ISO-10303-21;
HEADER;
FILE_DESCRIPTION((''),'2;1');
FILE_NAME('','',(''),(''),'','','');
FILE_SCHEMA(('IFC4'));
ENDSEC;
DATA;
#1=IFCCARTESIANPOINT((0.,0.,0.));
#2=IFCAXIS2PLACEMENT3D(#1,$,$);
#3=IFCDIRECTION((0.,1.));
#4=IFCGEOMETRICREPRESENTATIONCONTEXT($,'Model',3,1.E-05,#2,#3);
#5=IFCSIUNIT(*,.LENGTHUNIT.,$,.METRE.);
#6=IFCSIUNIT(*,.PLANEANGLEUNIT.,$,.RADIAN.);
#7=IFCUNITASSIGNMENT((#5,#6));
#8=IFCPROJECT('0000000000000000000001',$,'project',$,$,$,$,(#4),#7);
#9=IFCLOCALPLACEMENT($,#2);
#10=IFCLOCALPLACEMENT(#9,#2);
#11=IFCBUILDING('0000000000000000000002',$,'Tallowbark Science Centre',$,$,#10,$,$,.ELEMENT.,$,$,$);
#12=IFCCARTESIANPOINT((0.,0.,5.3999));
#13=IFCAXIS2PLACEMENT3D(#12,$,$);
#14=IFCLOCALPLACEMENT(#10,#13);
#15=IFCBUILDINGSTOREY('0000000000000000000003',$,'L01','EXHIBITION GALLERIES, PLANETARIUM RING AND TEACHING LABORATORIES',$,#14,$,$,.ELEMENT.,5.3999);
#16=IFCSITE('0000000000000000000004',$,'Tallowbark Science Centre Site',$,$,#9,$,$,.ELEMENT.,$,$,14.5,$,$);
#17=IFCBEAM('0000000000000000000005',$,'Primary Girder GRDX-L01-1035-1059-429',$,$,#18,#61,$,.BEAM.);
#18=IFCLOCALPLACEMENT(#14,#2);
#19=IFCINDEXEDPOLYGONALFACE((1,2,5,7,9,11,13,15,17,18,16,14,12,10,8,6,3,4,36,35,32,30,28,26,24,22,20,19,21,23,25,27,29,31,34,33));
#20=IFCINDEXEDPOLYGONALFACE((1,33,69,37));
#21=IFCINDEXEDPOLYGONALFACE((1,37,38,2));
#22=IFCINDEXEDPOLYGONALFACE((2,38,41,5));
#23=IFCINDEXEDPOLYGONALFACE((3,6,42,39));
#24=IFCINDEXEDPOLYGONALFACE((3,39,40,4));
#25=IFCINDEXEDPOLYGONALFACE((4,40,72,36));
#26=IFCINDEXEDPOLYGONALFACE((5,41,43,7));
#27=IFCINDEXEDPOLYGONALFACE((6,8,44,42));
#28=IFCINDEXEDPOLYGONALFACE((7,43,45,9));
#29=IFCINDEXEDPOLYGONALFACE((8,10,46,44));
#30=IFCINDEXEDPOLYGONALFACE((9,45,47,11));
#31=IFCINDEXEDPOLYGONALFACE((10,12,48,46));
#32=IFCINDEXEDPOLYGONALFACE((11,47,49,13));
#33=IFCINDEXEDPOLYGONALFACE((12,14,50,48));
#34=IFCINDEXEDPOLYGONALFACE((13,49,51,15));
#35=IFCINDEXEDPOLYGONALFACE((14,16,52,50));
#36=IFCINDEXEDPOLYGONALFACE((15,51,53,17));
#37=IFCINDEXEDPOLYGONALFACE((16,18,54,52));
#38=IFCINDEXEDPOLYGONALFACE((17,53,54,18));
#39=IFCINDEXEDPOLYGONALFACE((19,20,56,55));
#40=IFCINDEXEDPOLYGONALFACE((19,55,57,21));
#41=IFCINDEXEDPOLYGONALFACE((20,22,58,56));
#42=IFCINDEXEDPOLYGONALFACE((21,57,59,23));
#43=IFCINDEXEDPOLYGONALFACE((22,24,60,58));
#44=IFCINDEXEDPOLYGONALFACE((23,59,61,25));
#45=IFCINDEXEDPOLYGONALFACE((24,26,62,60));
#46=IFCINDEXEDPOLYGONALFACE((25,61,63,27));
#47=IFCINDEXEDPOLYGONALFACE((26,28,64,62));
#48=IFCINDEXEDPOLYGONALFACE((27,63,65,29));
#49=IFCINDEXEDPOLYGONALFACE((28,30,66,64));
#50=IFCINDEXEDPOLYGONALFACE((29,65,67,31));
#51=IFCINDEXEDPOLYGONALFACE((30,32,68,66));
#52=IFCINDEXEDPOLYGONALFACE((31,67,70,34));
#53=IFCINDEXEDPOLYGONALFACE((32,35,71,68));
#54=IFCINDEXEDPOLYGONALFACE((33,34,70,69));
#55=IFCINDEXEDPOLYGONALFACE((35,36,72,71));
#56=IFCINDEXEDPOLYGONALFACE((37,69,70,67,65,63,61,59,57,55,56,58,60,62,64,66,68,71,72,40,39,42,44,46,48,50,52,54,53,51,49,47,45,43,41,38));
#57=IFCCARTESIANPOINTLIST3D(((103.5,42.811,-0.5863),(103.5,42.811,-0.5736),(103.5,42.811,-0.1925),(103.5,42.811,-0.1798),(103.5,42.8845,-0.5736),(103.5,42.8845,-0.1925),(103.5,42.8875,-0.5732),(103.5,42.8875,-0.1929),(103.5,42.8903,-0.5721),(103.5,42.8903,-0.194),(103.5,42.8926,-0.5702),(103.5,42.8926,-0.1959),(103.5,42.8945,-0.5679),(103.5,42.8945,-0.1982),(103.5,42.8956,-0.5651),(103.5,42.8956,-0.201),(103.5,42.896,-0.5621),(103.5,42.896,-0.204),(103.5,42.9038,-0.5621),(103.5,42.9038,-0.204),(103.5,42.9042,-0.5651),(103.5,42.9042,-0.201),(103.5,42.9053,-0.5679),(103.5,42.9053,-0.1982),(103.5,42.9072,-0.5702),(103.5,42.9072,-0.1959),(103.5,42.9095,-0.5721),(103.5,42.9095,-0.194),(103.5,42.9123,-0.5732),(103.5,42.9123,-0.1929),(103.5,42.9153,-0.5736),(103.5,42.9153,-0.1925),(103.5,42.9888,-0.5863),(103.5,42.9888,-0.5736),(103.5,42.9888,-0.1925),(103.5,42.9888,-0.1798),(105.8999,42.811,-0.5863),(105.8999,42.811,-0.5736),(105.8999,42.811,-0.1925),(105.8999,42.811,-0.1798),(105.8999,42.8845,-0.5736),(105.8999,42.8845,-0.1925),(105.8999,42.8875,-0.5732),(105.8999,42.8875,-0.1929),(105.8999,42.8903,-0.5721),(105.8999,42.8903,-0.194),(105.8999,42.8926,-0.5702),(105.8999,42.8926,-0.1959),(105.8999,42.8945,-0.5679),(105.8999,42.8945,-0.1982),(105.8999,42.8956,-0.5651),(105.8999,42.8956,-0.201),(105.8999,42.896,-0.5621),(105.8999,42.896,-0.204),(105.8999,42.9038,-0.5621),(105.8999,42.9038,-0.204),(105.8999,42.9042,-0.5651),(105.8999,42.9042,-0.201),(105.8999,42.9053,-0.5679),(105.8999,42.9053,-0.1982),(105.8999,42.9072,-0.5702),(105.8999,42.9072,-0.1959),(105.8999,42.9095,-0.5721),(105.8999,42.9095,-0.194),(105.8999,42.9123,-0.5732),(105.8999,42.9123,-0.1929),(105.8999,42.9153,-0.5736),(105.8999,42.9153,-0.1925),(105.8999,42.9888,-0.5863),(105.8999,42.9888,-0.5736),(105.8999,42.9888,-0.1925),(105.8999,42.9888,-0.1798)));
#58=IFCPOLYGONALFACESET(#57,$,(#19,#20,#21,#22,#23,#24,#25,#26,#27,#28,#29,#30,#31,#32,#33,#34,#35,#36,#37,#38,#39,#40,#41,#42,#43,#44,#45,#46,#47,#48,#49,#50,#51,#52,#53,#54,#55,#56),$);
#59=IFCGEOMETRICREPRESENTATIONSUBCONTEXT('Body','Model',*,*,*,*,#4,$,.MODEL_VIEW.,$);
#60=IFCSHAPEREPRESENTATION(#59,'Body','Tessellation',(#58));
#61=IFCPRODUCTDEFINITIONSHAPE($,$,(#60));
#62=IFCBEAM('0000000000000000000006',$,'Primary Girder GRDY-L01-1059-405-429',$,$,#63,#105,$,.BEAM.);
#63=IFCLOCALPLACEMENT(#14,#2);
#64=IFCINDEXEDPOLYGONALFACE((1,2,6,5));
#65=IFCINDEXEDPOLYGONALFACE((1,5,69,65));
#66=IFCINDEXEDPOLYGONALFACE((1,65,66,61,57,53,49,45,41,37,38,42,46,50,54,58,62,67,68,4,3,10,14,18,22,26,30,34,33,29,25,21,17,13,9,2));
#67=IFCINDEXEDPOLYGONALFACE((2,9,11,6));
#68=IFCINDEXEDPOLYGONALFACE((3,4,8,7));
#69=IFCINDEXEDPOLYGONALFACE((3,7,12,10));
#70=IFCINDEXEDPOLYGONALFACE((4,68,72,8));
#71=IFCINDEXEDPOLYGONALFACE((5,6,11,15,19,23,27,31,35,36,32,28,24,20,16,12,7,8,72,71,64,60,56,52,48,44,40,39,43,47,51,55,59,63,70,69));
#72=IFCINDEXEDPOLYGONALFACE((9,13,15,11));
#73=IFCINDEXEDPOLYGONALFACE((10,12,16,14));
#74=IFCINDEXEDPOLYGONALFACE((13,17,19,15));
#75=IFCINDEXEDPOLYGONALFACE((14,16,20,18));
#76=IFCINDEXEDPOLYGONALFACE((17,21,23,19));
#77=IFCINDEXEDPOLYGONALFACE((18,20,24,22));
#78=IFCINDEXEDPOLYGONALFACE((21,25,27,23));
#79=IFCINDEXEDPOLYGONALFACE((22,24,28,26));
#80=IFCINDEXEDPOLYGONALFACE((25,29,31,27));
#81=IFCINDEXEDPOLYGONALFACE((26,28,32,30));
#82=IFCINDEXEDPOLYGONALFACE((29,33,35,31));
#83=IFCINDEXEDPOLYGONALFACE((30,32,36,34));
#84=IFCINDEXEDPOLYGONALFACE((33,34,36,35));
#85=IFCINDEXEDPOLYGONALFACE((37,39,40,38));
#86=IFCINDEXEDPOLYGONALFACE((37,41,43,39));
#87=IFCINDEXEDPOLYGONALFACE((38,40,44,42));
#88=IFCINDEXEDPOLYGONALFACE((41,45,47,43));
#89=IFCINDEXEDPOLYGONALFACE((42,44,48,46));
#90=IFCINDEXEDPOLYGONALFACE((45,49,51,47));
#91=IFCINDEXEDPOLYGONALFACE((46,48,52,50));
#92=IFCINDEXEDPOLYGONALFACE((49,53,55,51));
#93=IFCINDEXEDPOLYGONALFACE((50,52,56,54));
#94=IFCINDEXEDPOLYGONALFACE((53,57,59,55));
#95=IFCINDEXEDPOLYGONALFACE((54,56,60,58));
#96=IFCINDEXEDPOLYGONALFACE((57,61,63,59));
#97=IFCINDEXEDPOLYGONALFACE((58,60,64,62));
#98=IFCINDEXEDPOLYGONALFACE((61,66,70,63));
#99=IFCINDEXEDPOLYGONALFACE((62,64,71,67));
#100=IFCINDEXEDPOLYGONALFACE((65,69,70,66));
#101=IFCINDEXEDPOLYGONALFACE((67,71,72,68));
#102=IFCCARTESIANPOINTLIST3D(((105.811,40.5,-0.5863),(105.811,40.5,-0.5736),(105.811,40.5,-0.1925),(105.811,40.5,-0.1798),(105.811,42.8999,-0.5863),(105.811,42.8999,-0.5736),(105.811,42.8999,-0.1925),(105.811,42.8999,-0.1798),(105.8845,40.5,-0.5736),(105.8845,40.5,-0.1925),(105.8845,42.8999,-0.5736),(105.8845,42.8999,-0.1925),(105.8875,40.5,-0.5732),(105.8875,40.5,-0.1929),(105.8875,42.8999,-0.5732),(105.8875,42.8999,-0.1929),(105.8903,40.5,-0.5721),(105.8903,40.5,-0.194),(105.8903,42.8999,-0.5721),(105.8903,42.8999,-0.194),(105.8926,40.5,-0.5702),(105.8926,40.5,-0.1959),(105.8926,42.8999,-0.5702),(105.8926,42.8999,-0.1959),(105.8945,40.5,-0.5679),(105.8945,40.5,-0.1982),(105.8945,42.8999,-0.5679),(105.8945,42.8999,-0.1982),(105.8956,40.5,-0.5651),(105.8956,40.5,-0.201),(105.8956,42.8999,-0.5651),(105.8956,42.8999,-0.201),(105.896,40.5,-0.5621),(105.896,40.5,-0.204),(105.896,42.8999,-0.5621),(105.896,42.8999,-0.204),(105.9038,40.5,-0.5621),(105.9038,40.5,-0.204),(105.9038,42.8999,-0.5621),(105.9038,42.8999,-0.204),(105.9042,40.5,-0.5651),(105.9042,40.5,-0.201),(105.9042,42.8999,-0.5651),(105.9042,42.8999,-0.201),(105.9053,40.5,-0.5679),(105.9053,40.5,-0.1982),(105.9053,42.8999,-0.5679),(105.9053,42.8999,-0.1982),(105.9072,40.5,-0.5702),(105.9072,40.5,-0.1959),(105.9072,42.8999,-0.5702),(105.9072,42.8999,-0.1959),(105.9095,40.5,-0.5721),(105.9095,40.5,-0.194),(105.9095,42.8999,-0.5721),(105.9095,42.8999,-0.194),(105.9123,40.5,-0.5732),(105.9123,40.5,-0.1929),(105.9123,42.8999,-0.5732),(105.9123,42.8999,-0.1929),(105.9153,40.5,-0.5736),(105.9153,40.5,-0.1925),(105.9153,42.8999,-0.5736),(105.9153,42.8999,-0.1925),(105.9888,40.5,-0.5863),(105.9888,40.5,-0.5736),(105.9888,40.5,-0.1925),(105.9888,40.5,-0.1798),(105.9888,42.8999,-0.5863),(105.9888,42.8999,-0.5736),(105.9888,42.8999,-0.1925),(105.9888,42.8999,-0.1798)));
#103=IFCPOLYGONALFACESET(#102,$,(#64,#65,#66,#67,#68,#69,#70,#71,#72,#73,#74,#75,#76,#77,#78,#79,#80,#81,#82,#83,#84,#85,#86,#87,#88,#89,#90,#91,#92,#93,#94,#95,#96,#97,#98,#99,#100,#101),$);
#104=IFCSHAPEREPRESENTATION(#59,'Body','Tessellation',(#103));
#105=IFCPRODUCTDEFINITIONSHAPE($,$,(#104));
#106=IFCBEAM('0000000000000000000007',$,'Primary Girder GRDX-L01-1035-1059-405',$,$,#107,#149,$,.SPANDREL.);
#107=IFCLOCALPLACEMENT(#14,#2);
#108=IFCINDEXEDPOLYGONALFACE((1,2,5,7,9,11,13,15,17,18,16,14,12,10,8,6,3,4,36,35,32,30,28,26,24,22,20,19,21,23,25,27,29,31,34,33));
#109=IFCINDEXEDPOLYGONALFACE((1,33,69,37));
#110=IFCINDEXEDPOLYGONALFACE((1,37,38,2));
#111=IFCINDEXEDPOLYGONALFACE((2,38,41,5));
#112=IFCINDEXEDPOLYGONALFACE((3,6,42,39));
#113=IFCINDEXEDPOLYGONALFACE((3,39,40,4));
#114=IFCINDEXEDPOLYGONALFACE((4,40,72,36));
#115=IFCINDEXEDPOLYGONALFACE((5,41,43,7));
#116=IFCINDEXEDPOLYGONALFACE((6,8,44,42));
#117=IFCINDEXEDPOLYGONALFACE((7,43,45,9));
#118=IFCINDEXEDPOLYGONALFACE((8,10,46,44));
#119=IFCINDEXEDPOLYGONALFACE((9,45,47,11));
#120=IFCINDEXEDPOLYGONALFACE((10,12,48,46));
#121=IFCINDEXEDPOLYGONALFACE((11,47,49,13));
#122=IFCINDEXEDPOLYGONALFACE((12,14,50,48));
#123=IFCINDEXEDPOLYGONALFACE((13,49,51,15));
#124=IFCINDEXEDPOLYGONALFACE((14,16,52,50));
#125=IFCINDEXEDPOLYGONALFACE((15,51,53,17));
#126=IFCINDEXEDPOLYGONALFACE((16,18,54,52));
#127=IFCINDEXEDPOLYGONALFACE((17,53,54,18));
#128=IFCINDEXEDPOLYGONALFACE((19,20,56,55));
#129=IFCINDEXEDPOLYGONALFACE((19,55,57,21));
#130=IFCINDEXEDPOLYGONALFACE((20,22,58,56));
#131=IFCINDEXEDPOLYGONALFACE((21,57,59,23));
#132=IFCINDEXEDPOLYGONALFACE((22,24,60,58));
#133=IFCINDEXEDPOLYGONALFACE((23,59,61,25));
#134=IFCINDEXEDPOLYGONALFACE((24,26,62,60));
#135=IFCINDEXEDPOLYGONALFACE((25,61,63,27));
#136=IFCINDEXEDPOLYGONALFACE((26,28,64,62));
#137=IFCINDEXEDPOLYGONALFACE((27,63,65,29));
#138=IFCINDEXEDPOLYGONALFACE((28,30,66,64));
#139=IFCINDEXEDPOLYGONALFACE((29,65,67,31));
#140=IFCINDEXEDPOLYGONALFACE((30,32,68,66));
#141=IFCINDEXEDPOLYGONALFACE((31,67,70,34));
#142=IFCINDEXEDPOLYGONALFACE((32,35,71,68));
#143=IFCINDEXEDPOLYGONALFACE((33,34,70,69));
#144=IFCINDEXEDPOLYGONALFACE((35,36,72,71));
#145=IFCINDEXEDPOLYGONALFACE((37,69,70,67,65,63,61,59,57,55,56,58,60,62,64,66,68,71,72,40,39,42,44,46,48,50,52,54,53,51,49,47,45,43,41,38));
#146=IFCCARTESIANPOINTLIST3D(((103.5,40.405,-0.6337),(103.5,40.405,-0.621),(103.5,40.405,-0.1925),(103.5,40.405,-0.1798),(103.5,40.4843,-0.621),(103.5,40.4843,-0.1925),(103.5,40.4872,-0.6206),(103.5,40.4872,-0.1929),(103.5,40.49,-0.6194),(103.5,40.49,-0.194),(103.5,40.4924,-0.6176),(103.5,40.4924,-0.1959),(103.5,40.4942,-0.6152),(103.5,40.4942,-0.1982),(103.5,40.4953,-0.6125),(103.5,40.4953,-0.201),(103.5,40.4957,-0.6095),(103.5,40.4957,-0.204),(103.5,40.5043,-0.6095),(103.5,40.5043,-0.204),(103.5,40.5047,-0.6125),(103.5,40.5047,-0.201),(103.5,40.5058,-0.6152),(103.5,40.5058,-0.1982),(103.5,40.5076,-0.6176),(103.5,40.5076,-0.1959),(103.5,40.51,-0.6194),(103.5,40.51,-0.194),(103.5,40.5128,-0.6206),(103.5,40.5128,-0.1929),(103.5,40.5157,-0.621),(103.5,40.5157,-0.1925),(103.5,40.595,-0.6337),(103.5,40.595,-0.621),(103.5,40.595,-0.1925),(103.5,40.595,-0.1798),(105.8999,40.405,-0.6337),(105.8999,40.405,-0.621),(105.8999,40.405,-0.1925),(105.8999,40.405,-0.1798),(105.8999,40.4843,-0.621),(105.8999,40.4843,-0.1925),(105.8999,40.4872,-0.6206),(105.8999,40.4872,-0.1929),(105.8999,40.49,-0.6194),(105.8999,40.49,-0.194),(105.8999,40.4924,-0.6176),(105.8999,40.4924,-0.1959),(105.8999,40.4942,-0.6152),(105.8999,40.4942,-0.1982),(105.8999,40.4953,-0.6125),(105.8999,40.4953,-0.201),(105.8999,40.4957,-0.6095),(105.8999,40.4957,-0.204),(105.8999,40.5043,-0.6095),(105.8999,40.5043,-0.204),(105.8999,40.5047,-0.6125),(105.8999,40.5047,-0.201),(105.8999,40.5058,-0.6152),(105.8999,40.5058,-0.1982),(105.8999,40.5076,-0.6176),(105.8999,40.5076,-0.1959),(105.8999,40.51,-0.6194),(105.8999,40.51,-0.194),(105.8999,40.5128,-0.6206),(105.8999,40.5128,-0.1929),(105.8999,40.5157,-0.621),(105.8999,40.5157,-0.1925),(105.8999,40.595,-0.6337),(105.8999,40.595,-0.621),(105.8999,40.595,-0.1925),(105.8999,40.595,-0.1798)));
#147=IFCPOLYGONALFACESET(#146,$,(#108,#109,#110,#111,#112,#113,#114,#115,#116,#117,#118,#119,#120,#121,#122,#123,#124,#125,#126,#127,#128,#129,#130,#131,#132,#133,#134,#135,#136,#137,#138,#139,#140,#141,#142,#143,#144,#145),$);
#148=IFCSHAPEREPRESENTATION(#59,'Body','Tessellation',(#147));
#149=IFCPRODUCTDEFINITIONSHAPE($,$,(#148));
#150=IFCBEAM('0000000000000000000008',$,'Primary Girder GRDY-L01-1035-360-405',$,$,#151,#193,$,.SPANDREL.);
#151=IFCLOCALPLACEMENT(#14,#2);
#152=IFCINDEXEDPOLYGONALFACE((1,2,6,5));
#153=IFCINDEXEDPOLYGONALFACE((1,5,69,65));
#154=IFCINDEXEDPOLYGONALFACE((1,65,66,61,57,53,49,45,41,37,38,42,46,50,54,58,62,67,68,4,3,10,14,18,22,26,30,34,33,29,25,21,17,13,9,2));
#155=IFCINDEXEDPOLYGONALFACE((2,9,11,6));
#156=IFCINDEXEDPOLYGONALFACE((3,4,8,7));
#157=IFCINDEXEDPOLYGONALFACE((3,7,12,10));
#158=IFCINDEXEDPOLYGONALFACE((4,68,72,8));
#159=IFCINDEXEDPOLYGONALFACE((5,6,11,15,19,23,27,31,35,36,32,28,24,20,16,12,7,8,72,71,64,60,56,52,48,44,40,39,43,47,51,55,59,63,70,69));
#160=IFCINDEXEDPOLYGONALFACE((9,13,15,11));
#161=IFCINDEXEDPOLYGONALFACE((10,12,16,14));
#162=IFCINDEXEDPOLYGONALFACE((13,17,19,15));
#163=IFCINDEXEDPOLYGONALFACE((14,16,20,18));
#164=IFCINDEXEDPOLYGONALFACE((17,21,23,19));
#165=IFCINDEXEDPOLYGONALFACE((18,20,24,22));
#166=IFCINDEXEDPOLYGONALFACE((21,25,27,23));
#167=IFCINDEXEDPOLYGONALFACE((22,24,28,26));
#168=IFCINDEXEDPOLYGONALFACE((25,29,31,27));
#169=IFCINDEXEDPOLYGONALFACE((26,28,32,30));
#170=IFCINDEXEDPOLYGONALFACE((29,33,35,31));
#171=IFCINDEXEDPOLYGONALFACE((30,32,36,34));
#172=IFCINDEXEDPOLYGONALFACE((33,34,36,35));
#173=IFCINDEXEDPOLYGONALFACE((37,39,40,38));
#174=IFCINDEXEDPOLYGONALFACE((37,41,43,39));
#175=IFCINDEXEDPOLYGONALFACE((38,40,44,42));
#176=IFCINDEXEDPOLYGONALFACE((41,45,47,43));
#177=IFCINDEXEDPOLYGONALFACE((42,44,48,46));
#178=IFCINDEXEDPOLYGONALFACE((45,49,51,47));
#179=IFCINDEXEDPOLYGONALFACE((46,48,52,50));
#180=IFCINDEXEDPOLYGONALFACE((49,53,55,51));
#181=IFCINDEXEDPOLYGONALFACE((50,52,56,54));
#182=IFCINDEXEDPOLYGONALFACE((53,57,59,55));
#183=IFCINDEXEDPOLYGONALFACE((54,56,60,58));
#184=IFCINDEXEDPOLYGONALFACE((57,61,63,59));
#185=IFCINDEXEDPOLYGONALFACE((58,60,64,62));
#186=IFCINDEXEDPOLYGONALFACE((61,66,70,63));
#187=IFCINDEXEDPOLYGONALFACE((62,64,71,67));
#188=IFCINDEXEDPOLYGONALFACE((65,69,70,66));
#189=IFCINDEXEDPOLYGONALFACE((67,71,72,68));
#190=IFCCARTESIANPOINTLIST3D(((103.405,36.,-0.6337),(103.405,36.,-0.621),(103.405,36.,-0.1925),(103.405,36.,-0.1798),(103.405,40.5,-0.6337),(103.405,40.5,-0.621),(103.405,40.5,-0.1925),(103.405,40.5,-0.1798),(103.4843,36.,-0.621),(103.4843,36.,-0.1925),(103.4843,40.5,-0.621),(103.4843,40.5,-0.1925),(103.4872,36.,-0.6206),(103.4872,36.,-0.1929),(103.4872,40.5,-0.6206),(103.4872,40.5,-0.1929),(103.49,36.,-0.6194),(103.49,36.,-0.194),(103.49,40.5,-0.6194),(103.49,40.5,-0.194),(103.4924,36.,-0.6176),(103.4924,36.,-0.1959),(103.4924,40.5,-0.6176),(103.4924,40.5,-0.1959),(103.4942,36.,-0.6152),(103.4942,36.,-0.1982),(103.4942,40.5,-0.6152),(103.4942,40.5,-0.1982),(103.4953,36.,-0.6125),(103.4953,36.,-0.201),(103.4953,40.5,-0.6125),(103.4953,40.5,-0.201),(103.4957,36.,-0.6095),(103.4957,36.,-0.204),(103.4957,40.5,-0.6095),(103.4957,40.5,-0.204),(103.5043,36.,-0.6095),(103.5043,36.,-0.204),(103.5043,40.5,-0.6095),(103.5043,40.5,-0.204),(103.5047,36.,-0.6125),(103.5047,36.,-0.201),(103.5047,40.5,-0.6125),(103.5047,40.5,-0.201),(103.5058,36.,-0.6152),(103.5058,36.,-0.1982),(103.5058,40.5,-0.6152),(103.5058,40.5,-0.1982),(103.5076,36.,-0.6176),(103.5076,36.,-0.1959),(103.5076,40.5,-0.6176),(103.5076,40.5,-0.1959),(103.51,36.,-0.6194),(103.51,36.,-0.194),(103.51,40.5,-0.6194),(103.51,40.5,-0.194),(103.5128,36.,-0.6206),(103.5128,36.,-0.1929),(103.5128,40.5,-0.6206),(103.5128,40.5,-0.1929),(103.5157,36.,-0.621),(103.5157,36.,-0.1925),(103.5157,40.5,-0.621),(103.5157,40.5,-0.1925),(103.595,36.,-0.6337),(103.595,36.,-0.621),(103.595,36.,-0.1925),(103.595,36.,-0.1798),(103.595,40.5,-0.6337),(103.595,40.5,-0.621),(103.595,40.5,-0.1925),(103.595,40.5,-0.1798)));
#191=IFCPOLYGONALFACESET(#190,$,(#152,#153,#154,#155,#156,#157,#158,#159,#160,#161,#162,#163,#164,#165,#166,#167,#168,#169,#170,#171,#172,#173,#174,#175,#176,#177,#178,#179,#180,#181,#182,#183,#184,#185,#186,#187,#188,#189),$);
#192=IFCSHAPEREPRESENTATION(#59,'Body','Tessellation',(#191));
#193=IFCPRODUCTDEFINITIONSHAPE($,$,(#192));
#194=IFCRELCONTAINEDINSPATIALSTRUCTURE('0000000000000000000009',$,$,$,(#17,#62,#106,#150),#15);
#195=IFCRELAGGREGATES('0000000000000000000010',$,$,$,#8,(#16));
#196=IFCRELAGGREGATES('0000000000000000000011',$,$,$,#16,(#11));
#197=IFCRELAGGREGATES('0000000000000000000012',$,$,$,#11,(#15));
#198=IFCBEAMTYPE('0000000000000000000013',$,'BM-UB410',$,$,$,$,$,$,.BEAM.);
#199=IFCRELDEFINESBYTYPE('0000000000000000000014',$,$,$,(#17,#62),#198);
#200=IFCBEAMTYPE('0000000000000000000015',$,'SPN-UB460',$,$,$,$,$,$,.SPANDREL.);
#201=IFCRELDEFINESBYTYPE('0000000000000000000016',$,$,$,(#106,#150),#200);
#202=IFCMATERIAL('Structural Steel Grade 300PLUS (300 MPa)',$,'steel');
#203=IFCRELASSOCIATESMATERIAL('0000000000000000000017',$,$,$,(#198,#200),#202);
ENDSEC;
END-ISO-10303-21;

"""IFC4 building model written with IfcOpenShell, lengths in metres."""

from ifc_helpers import new_model, si_unit, direction, frame, origin, origin_2d, place, context, subcontext, project, spatial, i_section, extrude, material, material_profile, profile_set, type_object, element, save


model = new_model("IFC4")

# Units and contexts
model_context = context("Model", 3, precision=1e-05, world=origin(), true_north=direction((0.0, 1.0)))
body_context = subcontext(model_context, "Body", "Model", "MODEL_VIEW")
ifc_project = project(units=[si_unit("LENGTHUNIT", "METRE"), si_unit("PLANEANGLEUNIT", "RADIAN")], contexts=[model_context])

# Site, building, storey
site_placement = place(None, origin())
site = spatial("IfcSite", under=ifc_project, at=site_placement, Name="Tallowbark Science Centre Site", CompositionType="ELEMENT", RefElevation=14.5)
building_placement = place(site_placement, origin())
building = spatial("IfcBuilding", under=site, at=building_placement, Name="Tallowbark Science Centre", CompositionType="ELEMENT")
storey_placement = place(building_placement, frame((0.0, 0.0, 5.3999)))
storey = spatial("IfcBuildingStorey", under=building, at=storey_placement, Name="L01", Description="EXHIBITION GALLERIES, PLANETARIUM RING AND TEACHING LABORATORIES", CompositionType="ELEMENT", Elevation=5.3999)

# Shared definitions
ifc_material_1 = material(Name="Structural Steel Grade 300PLUS (300 MPa)", Category="steel")

# Beams
ifc_material_profile_1 = material_profile(ifc_material_1, i_section(OverallWidth=0.1777, OverallDepth=0.4065, WebThickness=0.0078, FlangeThickness=0.0127, FilletRadius=0.0115, at=origin_2d()), Name="410UB59.7")
ifc_profile_set_1 = profile_set([ifc_material_profile_1], Name="Structural Steel Grade 300PLUS (300 MPa)")
beam_type_1 = type_object("IfcBeamType", Name="BM-UB410", PredefinedType="BEAM", material=ifc_profile_set_1)
for number, where, z_axis, x_axis, name in (
    (1, (103.5, 42.8999, -0.3831), (1.0, 0.0, 0.0), (0.0, 1.0, 0.0), "Primary Girder GRDX-L01-1035-1059-429"),
    (2, (105.8999, 40.5, -0.3831), (0.0, 1.0, 0.0), (-1.0, 0.0, 0.0), "Primary Girder GRDY-L01-1059-405-429"),
):
    element("IfcBeam", number, at=place(storey_placement, frame(where, z_axis=z_axis, x_axis=x_axis)), inside=storey, type_object=beam_type_1, Name=name, PredefinedType="BEAM", context=body_context, shape_type="SweptSolid", body=[
        extrude(i_section(OverallWidth=0.1777, OverallDepth=0.4065, WebThickness=0.0078, FlangeThickness=0.0127, FilletRadius=0.0115, at=origin_2d()), origin(), (0.0, 0.0, 1.0), 2.3999),
    ])
ifc_material_profile_2 = material_profile(ifc_material_1, i_section(OverallWidth=0.1899, OverallDepth=0.4539, WebThickness=0.0085, FlangeThickness=0.0127, FilletRadius=0.0115, at=origin_2d()), Name="460UB67.1")
ifc_profile_set_2 = profile_set([ifc_material_profile_2], Name="Structural Steel Grade 300PLUS (300 MPa)")
beam_type_2 = type_object("IfcBeamType", Name="SPN-UB460", PredefinedType="SPANDREL", material=ifc_profile_set_2)
beam_1_placement = place(storey_placement, frame((103.5, 40.5, -0.4067), z_axis=(1.0, 0.0, 0.0), x_axis=(0.0, 1.0, 0.0)))
element("IfcBeam", 3, at=beam_1_placement, inside=storey, type_object=beam_type_2, Name="Primary Girder GRDX-L01-1035-1059-405", PredefinedType="SPANDREL", context=body_context, shape_type="SweptSolid", body=[
    extrude(i_section(OverallWidth=0.1899, OverallDepth=0.4539, WebThickness=0.0085, FlangeThickness=0.0127, FilletRadius=0.0115, at=origin_2d()), origin(), (0.0, 0.0, 1.0), 2.3999),
])
beam_2_placement = place(storey_placement, frame((103.5, 36.0, -0.4067), z_axis=(0.0, 1.0, 0.0), x_axis=(-1.0, 0.0, 0.0)))
element("IfcBeam", 4, at=beam_2_placement, inside=storey, type_object=beam_type_2, Name="Primary Girder GRDY-L01-1035-360-405", PredefinedType="SPANDREL", context=body_context, shape_type="SweptSolid", body=[
    extrude(i_section(OverallWidth=0.1899, OverallDepth=0.4539, WebThickness=0.0085, FlangeThickness=0.0127, FilletRadius=0.0115, at=origin_2d()), origin(), (0.0, 0.0, 1.0), 4.5),
])

save(model, "model.ifc")
